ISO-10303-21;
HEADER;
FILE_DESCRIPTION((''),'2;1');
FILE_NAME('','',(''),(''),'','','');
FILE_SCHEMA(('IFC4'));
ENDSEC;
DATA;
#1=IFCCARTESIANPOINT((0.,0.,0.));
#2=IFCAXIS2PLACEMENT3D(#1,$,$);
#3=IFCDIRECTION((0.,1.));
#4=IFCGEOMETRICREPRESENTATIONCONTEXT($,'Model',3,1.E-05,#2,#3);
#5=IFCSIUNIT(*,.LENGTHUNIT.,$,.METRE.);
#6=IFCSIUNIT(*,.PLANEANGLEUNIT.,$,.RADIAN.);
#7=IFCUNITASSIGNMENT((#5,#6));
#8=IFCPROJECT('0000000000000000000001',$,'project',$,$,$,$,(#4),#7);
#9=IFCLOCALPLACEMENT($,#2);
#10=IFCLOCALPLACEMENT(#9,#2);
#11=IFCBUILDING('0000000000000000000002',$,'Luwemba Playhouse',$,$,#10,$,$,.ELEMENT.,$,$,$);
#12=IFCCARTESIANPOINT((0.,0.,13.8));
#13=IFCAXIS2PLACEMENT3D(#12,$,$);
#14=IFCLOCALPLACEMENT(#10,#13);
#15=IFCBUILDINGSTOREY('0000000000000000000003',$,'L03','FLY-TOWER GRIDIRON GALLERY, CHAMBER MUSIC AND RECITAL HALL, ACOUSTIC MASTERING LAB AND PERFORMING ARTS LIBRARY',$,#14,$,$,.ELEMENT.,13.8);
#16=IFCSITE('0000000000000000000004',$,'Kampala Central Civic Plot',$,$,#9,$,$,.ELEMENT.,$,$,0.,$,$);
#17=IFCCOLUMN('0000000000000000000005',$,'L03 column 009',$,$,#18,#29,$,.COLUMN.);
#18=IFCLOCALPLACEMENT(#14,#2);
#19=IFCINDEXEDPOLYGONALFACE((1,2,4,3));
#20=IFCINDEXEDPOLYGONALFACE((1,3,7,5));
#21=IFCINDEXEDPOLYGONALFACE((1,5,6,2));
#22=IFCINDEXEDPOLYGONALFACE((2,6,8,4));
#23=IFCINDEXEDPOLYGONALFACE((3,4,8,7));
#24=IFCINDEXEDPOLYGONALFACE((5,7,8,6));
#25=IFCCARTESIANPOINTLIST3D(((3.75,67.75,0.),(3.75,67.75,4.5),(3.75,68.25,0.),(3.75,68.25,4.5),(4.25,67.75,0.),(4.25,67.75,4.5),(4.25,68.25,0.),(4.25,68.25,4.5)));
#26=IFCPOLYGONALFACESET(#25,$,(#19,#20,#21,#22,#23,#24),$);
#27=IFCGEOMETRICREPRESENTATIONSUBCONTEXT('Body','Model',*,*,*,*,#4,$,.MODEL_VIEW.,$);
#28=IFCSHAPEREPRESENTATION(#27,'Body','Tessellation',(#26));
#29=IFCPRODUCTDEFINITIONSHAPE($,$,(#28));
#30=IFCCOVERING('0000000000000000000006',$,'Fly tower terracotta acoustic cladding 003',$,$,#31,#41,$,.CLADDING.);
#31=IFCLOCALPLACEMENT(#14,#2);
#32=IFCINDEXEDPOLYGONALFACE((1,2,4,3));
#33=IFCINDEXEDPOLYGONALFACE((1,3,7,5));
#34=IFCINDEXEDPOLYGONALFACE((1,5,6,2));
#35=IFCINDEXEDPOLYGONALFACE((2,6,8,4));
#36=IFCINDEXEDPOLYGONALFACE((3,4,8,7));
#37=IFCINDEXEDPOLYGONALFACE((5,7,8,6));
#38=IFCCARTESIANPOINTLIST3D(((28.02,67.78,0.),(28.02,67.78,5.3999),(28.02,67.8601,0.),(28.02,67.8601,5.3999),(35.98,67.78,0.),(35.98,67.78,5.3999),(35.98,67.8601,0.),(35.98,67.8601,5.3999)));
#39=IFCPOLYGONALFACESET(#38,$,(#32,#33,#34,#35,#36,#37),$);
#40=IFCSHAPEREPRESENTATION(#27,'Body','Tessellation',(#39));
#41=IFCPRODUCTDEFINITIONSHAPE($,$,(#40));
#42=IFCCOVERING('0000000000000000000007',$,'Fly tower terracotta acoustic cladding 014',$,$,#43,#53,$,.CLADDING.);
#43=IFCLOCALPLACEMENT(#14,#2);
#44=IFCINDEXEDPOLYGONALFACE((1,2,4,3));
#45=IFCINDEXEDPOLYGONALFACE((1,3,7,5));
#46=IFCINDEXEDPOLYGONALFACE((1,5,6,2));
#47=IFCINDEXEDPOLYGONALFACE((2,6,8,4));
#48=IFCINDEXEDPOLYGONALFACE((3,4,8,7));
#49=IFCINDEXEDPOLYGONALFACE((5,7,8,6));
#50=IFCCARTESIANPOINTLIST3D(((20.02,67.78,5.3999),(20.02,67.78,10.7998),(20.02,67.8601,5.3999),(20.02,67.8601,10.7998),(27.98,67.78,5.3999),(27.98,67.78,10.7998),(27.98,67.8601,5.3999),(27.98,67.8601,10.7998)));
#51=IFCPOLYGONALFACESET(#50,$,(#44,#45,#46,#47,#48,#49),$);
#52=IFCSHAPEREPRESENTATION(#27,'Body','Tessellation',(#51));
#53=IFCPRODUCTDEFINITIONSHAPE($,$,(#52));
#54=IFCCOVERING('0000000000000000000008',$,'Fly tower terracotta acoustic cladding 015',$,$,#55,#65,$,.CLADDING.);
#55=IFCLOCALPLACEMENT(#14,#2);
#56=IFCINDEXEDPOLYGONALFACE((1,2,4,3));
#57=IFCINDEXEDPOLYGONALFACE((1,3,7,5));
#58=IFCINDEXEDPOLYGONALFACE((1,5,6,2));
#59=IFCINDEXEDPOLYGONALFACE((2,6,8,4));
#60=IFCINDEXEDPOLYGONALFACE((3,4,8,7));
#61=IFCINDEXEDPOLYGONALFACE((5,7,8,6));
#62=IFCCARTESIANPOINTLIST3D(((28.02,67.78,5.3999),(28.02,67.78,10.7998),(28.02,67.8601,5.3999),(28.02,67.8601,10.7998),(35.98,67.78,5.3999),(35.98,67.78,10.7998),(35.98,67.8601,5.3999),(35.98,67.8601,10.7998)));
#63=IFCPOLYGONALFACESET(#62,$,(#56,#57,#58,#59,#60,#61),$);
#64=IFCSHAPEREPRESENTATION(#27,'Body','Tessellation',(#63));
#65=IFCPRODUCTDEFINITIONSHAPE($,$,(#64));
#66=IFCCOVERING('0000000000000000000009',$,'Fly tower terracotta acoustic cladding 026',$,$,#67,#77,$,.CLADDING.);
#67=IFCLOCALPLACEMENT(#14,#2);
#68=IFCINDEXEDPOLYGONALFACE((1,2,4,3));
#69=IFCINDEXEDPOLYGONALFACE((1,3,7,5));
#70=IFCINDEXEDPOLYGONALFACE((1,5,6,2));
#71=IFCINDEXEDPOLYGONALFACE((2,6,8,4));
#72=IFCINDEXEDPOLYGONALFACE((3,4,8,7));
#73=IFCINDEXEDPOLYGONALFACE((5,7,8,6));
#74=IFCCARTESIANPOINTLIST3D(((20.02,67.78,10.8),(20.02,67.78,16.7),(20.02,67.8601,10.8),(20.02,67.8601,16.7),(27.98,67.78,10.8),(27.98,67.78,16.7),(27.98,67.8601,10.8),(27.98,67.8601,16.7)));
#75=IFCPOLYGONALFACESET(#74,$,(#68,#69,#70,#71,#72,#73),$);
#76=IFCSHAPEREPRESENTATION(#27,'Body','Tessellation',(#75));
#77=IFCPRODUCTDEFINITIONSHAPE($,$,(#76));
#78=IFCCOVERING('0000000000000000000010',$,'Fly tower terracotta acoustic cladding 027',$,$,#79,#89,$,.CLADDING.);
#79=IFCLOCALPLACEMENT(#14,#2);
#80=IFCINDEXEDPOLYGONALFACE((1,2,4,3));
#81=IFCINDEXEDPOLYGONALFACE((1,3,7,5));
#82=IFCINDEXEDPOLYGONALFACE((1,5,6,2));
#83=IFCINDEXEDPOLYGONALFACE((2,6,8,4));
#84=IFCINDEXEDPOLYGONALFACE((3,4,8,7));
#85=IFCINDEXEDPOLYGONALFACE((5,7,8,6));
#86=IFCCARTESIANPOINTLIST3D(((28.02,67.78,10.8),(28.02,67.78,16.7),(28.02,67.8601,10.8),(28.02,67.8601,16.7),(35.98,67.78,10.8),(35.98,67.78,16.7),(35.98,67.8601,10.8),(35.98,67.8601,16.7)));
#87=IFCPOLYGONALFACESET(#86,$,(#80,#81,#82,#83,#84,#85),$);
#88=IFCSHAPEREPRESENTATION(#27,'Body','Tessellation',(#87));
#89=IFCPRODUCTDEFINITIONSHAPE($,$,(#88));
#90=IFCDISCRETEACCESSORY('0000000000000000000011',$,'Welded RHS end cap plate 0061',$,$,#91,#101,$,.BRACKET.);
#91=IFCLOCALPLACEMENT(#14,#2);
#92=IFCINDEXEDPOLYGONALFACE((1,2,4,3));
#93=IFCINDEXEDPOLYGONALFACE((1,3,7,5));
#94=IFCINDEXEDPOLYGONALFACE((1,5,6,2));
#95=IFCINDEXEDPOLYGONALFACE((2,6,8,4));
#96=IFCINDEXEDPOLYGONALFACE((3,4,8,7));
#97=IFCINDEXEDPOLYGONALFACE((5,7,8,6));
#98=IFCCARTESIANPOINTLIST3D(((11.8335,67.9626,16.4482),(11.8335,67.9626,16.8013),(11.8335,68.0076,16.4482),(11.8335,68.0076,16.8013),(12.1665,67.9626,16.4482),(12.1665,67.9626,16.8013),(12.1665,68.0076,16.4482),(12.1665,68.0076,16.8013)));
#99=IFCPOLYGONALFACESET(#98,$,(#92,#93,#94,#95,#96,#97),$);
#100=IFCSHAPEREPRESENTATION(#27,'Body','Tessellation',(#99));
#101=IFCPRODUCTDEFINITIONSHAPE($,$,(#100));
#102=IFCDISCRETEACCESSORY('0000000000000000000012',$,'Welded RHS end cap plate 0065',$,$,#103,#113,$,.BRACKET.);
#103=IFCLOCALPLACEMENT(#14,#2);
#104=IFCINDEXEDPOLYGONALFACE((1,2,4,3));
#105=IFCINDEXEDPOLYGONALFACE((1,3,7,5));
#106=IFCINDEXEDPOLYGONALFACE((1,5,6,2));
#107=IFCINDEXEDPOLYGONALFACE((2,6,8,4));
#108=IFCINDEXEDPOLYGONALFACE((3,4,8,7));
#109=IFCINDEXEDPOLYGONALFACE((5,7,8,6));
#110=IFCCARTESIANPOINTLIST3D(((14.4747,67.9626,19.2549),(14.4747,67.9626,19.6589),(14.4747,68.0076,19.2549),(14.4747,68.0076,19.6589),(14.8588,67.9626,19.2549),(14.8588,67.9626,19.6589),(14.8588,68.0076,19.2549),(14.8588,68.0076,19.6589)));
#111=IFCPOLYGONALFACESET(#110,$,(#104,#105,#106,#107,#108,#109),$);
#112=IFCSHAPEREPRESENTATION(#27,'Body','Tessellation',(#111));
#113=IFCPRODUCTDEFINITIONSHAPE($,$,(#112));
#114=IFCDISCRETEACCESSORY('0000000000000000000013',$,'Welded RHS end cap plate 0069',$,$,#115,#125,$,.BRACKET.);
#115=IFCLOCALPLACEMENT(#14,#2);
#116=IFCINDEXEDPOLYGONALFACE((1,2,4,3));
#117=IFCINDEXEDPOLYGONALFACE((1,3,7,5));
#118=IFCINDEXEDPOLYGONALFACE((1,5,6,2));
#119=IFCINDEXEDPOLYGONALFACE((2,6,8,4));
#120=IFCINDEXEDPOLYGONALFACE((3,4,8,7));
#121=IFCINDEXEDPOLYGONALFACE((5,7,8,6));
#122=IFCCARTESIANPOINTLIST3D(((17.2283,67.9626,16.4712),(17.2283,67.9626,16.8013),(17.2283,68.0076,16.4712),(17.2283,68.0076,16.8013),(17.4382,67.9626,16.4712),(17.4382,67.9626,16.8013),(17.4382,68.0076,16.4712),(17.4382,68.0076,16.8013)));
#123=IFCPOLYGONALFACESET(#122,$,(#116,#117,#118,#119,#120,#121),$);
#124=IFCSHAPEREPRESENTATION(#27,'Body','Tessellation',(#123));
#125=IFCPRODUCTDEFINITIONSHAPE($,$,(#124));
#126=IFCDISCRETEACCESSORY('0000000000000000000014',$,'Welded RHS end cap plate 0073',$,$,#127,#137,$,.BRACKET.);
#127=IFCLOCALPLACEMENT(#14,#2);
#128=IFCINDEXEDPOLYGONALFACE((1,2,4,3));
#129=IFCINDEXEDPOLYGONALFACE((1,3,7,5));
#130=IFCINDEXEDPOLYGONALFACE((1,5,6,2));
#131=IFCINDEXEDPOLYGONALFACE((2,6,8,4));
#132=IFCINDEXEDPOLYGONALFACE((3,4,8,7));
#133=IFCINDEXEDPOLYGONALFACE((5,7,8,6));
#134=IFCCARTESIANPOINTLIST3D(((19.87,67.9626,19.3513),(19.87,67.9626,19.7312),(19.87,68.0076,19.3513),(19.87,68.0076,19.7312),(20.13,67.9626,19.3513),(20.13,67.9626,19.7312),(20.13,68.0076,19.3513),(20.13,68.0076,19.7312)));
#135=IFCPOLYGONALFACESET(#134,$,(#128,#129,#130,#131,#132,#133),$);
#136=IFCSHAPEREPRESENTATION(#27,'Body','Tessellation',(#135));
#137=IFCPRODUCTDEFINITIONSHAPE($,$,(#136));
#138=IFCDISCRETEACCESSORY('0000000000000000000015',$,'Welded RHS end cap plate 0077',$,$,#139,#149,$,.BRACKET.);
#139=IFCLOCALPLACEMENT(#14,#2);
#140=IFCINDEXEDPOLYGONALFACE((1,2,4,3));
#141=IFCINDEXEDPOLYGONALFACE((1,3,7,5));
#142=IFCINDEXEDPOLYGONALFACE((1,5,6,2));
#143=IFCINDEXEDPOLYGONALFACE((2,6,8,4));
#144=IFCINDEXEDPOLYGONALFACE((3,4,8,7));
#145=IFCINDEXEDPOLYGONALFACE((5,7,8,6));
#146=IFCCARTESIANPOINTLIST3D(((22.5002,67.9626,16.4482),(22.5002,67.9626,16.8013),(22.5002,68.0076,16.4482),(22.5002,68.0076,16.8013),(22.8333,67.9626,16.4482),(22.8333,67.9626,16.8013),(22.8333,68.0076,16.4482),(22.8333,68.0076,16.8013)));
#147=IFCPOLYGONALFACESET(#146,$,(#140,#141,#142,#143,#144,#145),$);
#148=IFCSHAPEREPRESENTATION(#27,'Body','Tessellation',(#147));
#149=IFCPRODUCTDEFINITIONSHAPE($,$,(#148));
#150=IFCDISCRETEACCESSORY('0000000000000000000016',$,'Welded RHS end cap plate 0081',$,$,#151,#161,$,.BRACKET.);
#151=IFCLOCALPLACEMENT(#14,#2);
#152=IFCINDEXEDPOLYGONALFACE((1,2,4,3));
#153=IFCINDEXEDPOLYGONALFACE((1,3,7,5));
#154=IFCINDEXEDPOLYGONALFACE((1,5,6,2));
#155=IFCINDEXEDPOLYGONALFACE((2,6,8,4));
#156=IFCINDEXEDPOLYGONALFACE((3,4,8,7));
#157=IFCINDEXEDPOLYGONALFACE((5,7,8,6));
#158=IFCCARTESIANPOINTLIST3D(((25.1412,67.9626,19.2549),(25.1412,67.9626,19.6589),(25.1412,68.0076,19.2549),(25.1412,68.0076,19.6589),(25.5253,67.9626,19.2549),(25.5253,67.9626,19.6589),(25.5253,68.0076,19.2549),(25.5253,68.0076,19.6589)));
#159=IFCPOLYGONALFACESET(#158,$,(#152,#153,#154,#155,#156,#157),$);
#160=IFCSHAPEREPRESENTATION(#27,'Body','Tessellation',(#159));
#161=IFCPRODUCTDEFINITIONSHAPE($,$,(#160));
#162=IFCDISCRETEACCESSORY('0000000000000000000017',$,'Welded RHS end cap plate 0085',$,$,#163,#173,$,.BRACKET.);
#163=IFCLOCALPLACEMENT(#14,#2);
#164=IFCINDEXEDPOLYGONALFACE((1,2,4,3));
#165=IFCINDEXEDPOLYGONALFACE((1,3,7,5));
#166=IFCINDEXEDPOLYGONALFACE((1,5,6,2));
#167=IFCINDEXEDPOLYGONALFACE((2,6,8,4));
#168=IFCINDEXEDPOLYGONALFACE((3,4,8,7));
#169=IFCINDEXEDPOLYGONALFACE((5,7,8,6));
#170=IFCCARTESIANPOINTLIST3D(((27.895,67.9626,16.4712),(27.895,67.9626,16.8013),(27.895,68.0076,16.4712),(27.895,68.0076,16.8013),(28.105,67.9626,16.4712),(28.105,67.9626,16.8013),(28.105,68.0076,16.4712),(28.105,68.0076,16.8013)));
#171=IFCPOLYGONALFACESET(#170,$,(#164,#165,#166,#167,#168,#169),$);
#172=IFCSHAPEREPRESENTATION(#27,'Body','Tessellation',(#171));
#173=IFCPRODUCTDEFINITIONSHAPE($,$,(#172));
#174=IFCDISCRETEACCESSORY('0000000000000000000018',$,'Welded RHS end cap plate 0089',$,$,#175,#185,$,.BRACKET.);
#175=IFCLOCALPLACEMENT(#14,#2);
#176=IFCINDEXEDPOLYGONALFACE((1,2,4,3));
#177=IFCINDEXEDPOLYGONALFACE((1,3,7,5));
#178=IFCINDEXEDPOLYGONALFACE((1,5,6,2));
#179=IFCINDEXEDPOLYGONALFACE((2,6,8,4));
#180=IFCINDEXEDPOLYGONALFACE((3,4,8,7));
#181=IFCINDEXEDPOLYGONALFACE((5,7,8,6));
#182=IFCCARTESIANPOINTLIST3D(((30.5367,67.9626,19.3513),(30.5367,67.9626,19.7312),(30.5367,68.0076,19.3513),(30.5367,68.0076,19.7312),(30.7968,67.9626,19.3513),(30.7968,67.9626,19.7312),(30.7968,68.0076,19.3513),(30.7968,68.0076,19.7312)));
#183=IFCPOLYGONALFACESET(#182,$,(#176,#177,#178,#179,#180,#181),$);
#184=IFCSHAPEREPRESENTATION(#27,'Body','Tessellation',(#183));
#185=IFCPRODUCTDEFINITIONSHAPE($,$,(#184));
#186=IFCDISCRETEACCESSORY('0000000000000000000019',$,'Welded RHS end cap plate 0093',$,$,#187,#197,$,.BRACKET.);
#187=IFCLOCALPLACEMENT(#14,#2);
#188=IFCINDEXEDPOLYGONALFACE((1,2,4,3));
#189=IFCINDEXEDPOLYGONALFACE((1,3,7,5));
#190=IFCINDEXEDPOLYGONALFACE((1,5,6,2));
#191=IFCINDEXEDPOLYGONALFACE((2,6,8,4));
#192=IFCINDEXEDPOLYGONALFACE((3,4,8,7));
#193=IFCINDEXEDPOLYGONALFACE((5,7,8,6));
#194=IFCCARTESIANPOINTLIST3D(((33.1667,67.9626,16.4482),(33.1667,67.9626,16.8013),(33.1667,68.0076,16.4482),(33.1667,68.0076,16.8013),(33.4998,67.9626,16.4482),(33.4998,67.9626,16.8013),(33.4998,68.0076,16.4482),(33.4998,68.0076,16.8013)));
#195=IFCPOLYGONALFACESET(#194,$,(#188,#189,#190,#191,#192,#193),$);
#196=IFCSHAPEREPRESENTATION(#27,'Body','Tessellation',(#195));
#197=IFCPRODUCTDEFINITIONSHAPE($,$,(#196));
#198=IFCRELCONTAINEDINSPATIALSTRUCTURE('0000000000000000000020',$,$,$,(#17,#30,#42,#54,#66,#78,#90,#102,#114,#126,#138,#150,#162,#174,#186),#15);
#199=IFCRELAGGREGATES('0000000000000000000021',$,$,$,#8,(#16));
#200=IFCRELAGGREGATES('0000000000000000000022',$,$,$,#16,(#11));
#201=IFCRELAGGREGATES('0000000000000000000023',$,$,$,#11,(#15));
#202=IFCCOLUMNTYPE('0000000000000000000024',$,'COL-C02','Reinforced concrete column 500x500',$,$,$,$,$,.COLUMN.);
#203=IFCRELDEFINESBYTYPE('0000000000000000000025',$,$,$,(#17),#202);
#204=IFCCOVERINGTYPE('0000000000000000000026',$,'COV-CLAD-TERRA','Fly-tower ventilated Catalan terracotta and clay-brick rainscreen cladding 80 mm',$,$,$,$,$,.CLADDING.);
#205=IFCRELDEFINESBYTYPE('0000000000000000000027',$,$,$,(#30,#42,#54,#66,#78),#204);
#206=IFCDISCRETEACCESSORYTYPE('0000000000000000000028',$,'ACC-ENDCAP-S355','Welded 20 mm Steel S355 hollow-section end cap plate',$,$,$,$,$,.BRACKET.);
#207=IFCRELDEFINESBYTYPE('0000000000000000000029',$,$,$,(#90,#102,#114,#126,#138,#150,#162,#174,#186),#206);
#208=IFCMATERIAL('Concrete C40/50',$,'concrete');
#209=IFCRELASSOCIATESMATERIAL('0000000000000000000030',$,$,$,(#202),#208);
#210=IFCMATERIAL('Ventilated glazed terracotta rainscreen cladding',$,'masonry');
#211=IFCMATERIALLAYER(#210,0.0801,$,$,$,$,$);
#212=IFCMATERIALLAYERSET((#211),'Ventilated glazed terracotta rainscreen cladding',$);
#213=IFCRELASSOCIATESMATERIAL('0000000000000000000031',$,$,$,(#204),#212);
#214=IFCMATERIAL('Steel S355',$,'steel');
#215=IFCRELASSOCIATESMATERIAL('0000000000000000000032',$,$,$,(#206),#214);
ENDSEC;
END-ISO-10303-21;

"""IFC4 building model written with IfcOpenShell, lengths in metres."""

from ifc_helpers import new_model, si_unit, direction, frame, origin, origin_2d, place, context, subcontext, project, spatial, rectangle, extrude, material, layer, layer_set, material_profile, profile_set, type_object, element, save


model = new_model("IFC4")

# Units and contexts
model_context = context("Model", 3, precision=1e-05, world=origin(), true_north=direction((0.0, 1.0)))
body_context = subcontext(model_context, "Body", "Model", "MODEL_VIEW")
ifc_project = project(units=[si_unit("LENGTHUNIT", "METRE"), si_unit("PLANEANGLEUNIT", "RADIAN")], contexts=[model_context])

# Site, building, storey
site_placement = place(None, origin())
site = spatial("IfcSite", under=ifc_project, at=site_placement, Name="Kampala Central Civic Plot", CompositionType="ELEMENT", RefElevation=0.0)
building_placement = place(site_placement, origin())
building = spatial("IfcBuilding", under=site, at=building_placement, Name="Luwemba Playhouse", CompositionType="ELEMENT")
storey_placement = place(building_placement, frame((0.0, 0.0, 13.8)))
storey = spatial("IfcBuildingStorey", under=building, at=storey_placement, Name="L03", Description="FLY-TOWER GRIDIRON GALLERY, CHAMBER MUSIC AND RECITAL HALL, ACOUSTIC MASTERING LAB AND PERFORMING ARTS LIBRARY", CompositionType="ELEMENT", Elevation=13.8)

# Column
ifc_material_1 = material(Name="Concrete C40/50", Category="concrete")
ifc_material_profile = material_profile(ifc_material_1, rectangle(XDim=0.5, YDim=0.5, at=origin_2d()))
ifc_profile_set = profile_set([ifc_material_profile], Name="Concrete C40/50")
column_type = type_object("IfcColumnType", Name="COL-C02", Description="Reinforced concrete column 500x500", PredefinedType="COLUMN", material=ifc_profile_set)
column_placement = place(storey_placement, frame((4.0, 68.0, 0.0), z_axis=(0.0, 0.0, 1.0), x_axis=(1.0, 0.0, 0.0)))
element("IfcColumn", 1, at=column_placement, inside=storey, type_object=column_type, Name="L03 column 009", PredefinedType="COLUMN", context=body_context, shape_type="SweptSolid", body=[
    extrude(rectangle(XDim=0.5, YDim=0.5, at=origin_2d()), origin(), (0.0, 0.0, 1.0), 4.5),
])

# Coverings
ifc_material_2 = material(Name="Ventilated glazed terracotta rainscreen cladding", Category="masonry")
ifc_layer = layer(ifc_material_2, 0.0801)
ifc_layer_set = layer_set([ifc_layer], Name="Ventilated glazed terracotta rainscreen cladding")
covering_type = type_object("IfcCoveringType", Name="COV-CLAD-TERRA", Description="Fly-tower ventilated Catalan terracotta and clay-brick rainscreen cladding 80 mm", PredefinedType="CLADDING", material=ifc_layer_set)
for number, where, z_axis, x_axis, name in (
    (2, (32.0, 67.8201, 0.0), (0.0, 0.0, 1.0), (1.0, 0.0, 0.0), "Fly tower terracotta acoustic cladding 003"),
    (3, (24.0, 67.8201, 5.3999), (0.0, 0.0, 1.0), (1.0, 0.0, 0.0), "Fly tower terracotta acoustic cladding 014"),
    (4, (32.0, 67.8201, 5.3999), (0.0, 0.0, 1.0), (1.0, 0.0, 0.0), "Fly tower terracotta acoustic cladding 015"),
):
    element("IfcCovering", number, at=place(storey_placement, frame(where, z_axis=z_axis, x_axis=x_axis)), inside=storey, type_object=covering_type, Name=name, PredefinedType="CLADDING", context=body_context, shape_type="SweptSolid", body=[
        extrude(rectangle(XDim=7.96, YDim=0.0801, at=origin_2d()), origin(), (0.0, 0.0, 1.0), 5.3999),
    ])
for number, where, z_axis, x_axis, name in (
    (5, (24.0, 67.8201, 10.8), (0.0, 0.0, 1.0), (1.0, 0.0, 0.0), "Fly tower terracotta acoustic cladding 026"),
    (6, (32.0, 67.8201, 10.8), (0.0, 0.0, 1.0), (1.0, 0.0, 0.0), "Fly tower terracotta acoustic cladding 027"),
):
    element("IfcCovering", number, at=place(storey_placement, frame(where, z_axis=z_axis, x_axis=x_axis)), inside=storey, type_object=covering_type, Name=name, PredefinedType="CLADDING", context=body_context, shape_type="SweptSolid", body=[
        extrude(rectangle(XDim=7.96, YDim=0.0801, at=origin_2d()), origin(), (0.0, 0.0, 1.0), 5.8999),
    ])

# Discrete accessories
ifc_material_3 = material(Name="Steel S355", Category="steel")
discrete_accessory_type = type_object("IfcDiscreteAccessoryType", Name="ACC-ENDCAP-S355", Description="Welded 20 mm Steel S355 hollow-section end cap plate", PredefinedType="BRACKET", material=ifc_material_3)
discrete_accessory_1_placement = place(storey_placement, frame((12.0, 67.9851, 16.4482), z_axis=(0.0, 0.0, 1.0), x_axis=(1.0, 0.0, 0.0)))
element("IfcDiscreteAccessory", 7, at=discrete_accessory_1_placement, inside=storey, type_object=discrete_accessory_type, Name="Welded RHS end cap plate 0061", PredefinedType="BRACKET", context=body_context, shape_type="SweptSolid", body=[
    extrude(rectangle(XDim=0.333, YDim=0.0449, at=origin_2d()), origin(), (0.0, 0.0, 1.0), 0.353),
])
discrete_accessory_2_placement = place(storey_placement, frame((14.6667, 67.9851, 19.2549), z_axis=(0.0, 0.0, 1.0), x_axis=(1.0, 0.0, 0.0)))
element("IfcDiscreteAccessory", 8, at=discrete_accessory_2_placement, inside=storey, type_object=discrete_accessory_type, Name="Welded RHS end cap plate 0065", PredefinedType="BRACKET", context=body_context, shape_type="SweptSolid", body=[
    extrude(rectangle(XDim=0.384, YDim=0.0449, at=origin_2d()), origin(), (0.0, 0.0, 1.0), 0.4041),
])
discrete_accessory_3_placement = place(storey_placement, frame((17.3333, 67.9851, 16.4712), z_axis=(0.0, 0.0, 1.0), x_axis=(1.0, 0.0, 0.0)))
element("IfcDiscreteAccessory", 9, at=discrete_accessory_3_placement, inside=storey, type_object=discrete_accessory_type, Name="Welded RHS end cap plate 0069", PredefinedType="BRACKET", context=body_context, shape_type="SweptSolid", body=[
    extrude(rectangle(XDim=0.21, YDim=0.0449, at=origin_2d()), origin(), (0.0, 0.0, 1.0), 0.3301),
])
discrete_accessory_4_placement = place(storey_placement, frame((20.0, 67.9851, 19.3513), z_axis=(0.0, 0.0, 1.0), x_axis=(1.0, 0.0, 0.0)))
element("IfcDiscreteAccessory", 10, at=discrete_accessory_4_placement, inside=storey, type_object=discrete_accessory_type, Name="Welded RHS end cap plate 0073", PredefinedType="BRACKET", context=body_context, shape_type="SweptSolid", body=[
    extrude(rectangle(XDim=0.26, YDim=0.0449, at=origin_2d()), origin(), (0.0, 0.0, 1.0), 0.3799),
])
discrete_accessory_5_placement = place(storey_placement, frame((22.6667, 67.9851, 16.4482), z_axis=(0.0, 0.0, 1.0), x_axis=(1.0, 0.0, 0.0)))
element("IfcDiscreteAccessory", 11, at=discrete_accessory_5_placement, inside=storey, type_object=discrete_accessory_type, Name="Welded RHS end cap plate 0077", PredefinedType="BRACKET", context=body_context, shape_type="SweptSolid", body=[
    extrude(rectangle(XDim=0.333, YDim=0.0449, at=origin_2d()), origin(), (0.0, 0.0, 1.0), 0.353),
])
discrete_accessory_6_placement = place(storey_placement, frame((25.3333, 67.9851, 19.2549), z_axis=(0.0, 0.0, 1.0), x_axis=(1.0, 0.0, 0.0)))
element("IfcDiscreteAccessory", 12, at=discrete_accessory_6_placement, inside=storey, type_object=discrete_accessory_type, Name="Welded RHS end cap plate 0081", PredefinedType="BRACKET", context=body_context, shape_type="SweptSolid", body=[
    extrude(rectangle(XDim=0.384, YDim=0.0449, at=origin_2d()), origin(), (0.0, 0.0, 1.0), 0.4041),
])
discrete_accessory_7_placement = place(storey_placement, frame((28.0, 67.9851, 16.4712), z_axis=(0.0, 0.0, 1.0), x_axis=(1.0, 0.0, 0.0)))
element("IfcDiscreteAccessory", 13, at=discrete_accessory_7_placement, inside=storey, type_object=discrete_accessory_type, Name="Welded RHS end cap plate 0085", PredefinedType="BRACKET", context=body_context, shape_type="SweptSolid", body=[
    extrude(rectangle(XDim=0.21, YDim=0.0449, at=origin_2d()), origin(), (0.0, 0.0, 1.0), 0.3301),
])
discrete_accessory_8_placement = place(storey_placement, frame((30.6667, 67.9851, 19.3513), z_axis=(0.0, 0.0, 1.0), x_axis=(1.0, 0.0, 0.0)))
element("IfcDiscreteAccessory", 14, at=discrete_accessory_8_placement, inside=storey, type_object=discrete_accessory_type, Name="Welded RHS end cap plate 0089", PredefinedType="BRACKET", context=body_context, shape_type="SweptSolid", body=[
    extrude(rectangle(XDim=0.26, YDim=0.0449, at=origin_2d()), origin(), (0.0, 0.0, 1.0), 0.3799),
])
discrete_accessory_9_placement = place(storey_placement, frame((33.3333, 67.9851, 16.4482), z_axis=(0.0, 0.0, 1.0), x_axis=(1.0, 0.0, 0.0)))
element("IfcDiscreteAccessory", 15, at=discrete_accessory_9_placement, inside=storey, type_object=discrete_accessory_type, Name="Welded RHS end cap plate 0093", PredefinedType="BRACKET", context=body_context, shape_type="SweptSolid", body=[
    extrude(rectangle(XDim=0.333, YDim=0.0449, at=origin_2d()), origin(), (0.0, 0.0, 1.0), 0.353),
])

save(model, "model.ifc")
